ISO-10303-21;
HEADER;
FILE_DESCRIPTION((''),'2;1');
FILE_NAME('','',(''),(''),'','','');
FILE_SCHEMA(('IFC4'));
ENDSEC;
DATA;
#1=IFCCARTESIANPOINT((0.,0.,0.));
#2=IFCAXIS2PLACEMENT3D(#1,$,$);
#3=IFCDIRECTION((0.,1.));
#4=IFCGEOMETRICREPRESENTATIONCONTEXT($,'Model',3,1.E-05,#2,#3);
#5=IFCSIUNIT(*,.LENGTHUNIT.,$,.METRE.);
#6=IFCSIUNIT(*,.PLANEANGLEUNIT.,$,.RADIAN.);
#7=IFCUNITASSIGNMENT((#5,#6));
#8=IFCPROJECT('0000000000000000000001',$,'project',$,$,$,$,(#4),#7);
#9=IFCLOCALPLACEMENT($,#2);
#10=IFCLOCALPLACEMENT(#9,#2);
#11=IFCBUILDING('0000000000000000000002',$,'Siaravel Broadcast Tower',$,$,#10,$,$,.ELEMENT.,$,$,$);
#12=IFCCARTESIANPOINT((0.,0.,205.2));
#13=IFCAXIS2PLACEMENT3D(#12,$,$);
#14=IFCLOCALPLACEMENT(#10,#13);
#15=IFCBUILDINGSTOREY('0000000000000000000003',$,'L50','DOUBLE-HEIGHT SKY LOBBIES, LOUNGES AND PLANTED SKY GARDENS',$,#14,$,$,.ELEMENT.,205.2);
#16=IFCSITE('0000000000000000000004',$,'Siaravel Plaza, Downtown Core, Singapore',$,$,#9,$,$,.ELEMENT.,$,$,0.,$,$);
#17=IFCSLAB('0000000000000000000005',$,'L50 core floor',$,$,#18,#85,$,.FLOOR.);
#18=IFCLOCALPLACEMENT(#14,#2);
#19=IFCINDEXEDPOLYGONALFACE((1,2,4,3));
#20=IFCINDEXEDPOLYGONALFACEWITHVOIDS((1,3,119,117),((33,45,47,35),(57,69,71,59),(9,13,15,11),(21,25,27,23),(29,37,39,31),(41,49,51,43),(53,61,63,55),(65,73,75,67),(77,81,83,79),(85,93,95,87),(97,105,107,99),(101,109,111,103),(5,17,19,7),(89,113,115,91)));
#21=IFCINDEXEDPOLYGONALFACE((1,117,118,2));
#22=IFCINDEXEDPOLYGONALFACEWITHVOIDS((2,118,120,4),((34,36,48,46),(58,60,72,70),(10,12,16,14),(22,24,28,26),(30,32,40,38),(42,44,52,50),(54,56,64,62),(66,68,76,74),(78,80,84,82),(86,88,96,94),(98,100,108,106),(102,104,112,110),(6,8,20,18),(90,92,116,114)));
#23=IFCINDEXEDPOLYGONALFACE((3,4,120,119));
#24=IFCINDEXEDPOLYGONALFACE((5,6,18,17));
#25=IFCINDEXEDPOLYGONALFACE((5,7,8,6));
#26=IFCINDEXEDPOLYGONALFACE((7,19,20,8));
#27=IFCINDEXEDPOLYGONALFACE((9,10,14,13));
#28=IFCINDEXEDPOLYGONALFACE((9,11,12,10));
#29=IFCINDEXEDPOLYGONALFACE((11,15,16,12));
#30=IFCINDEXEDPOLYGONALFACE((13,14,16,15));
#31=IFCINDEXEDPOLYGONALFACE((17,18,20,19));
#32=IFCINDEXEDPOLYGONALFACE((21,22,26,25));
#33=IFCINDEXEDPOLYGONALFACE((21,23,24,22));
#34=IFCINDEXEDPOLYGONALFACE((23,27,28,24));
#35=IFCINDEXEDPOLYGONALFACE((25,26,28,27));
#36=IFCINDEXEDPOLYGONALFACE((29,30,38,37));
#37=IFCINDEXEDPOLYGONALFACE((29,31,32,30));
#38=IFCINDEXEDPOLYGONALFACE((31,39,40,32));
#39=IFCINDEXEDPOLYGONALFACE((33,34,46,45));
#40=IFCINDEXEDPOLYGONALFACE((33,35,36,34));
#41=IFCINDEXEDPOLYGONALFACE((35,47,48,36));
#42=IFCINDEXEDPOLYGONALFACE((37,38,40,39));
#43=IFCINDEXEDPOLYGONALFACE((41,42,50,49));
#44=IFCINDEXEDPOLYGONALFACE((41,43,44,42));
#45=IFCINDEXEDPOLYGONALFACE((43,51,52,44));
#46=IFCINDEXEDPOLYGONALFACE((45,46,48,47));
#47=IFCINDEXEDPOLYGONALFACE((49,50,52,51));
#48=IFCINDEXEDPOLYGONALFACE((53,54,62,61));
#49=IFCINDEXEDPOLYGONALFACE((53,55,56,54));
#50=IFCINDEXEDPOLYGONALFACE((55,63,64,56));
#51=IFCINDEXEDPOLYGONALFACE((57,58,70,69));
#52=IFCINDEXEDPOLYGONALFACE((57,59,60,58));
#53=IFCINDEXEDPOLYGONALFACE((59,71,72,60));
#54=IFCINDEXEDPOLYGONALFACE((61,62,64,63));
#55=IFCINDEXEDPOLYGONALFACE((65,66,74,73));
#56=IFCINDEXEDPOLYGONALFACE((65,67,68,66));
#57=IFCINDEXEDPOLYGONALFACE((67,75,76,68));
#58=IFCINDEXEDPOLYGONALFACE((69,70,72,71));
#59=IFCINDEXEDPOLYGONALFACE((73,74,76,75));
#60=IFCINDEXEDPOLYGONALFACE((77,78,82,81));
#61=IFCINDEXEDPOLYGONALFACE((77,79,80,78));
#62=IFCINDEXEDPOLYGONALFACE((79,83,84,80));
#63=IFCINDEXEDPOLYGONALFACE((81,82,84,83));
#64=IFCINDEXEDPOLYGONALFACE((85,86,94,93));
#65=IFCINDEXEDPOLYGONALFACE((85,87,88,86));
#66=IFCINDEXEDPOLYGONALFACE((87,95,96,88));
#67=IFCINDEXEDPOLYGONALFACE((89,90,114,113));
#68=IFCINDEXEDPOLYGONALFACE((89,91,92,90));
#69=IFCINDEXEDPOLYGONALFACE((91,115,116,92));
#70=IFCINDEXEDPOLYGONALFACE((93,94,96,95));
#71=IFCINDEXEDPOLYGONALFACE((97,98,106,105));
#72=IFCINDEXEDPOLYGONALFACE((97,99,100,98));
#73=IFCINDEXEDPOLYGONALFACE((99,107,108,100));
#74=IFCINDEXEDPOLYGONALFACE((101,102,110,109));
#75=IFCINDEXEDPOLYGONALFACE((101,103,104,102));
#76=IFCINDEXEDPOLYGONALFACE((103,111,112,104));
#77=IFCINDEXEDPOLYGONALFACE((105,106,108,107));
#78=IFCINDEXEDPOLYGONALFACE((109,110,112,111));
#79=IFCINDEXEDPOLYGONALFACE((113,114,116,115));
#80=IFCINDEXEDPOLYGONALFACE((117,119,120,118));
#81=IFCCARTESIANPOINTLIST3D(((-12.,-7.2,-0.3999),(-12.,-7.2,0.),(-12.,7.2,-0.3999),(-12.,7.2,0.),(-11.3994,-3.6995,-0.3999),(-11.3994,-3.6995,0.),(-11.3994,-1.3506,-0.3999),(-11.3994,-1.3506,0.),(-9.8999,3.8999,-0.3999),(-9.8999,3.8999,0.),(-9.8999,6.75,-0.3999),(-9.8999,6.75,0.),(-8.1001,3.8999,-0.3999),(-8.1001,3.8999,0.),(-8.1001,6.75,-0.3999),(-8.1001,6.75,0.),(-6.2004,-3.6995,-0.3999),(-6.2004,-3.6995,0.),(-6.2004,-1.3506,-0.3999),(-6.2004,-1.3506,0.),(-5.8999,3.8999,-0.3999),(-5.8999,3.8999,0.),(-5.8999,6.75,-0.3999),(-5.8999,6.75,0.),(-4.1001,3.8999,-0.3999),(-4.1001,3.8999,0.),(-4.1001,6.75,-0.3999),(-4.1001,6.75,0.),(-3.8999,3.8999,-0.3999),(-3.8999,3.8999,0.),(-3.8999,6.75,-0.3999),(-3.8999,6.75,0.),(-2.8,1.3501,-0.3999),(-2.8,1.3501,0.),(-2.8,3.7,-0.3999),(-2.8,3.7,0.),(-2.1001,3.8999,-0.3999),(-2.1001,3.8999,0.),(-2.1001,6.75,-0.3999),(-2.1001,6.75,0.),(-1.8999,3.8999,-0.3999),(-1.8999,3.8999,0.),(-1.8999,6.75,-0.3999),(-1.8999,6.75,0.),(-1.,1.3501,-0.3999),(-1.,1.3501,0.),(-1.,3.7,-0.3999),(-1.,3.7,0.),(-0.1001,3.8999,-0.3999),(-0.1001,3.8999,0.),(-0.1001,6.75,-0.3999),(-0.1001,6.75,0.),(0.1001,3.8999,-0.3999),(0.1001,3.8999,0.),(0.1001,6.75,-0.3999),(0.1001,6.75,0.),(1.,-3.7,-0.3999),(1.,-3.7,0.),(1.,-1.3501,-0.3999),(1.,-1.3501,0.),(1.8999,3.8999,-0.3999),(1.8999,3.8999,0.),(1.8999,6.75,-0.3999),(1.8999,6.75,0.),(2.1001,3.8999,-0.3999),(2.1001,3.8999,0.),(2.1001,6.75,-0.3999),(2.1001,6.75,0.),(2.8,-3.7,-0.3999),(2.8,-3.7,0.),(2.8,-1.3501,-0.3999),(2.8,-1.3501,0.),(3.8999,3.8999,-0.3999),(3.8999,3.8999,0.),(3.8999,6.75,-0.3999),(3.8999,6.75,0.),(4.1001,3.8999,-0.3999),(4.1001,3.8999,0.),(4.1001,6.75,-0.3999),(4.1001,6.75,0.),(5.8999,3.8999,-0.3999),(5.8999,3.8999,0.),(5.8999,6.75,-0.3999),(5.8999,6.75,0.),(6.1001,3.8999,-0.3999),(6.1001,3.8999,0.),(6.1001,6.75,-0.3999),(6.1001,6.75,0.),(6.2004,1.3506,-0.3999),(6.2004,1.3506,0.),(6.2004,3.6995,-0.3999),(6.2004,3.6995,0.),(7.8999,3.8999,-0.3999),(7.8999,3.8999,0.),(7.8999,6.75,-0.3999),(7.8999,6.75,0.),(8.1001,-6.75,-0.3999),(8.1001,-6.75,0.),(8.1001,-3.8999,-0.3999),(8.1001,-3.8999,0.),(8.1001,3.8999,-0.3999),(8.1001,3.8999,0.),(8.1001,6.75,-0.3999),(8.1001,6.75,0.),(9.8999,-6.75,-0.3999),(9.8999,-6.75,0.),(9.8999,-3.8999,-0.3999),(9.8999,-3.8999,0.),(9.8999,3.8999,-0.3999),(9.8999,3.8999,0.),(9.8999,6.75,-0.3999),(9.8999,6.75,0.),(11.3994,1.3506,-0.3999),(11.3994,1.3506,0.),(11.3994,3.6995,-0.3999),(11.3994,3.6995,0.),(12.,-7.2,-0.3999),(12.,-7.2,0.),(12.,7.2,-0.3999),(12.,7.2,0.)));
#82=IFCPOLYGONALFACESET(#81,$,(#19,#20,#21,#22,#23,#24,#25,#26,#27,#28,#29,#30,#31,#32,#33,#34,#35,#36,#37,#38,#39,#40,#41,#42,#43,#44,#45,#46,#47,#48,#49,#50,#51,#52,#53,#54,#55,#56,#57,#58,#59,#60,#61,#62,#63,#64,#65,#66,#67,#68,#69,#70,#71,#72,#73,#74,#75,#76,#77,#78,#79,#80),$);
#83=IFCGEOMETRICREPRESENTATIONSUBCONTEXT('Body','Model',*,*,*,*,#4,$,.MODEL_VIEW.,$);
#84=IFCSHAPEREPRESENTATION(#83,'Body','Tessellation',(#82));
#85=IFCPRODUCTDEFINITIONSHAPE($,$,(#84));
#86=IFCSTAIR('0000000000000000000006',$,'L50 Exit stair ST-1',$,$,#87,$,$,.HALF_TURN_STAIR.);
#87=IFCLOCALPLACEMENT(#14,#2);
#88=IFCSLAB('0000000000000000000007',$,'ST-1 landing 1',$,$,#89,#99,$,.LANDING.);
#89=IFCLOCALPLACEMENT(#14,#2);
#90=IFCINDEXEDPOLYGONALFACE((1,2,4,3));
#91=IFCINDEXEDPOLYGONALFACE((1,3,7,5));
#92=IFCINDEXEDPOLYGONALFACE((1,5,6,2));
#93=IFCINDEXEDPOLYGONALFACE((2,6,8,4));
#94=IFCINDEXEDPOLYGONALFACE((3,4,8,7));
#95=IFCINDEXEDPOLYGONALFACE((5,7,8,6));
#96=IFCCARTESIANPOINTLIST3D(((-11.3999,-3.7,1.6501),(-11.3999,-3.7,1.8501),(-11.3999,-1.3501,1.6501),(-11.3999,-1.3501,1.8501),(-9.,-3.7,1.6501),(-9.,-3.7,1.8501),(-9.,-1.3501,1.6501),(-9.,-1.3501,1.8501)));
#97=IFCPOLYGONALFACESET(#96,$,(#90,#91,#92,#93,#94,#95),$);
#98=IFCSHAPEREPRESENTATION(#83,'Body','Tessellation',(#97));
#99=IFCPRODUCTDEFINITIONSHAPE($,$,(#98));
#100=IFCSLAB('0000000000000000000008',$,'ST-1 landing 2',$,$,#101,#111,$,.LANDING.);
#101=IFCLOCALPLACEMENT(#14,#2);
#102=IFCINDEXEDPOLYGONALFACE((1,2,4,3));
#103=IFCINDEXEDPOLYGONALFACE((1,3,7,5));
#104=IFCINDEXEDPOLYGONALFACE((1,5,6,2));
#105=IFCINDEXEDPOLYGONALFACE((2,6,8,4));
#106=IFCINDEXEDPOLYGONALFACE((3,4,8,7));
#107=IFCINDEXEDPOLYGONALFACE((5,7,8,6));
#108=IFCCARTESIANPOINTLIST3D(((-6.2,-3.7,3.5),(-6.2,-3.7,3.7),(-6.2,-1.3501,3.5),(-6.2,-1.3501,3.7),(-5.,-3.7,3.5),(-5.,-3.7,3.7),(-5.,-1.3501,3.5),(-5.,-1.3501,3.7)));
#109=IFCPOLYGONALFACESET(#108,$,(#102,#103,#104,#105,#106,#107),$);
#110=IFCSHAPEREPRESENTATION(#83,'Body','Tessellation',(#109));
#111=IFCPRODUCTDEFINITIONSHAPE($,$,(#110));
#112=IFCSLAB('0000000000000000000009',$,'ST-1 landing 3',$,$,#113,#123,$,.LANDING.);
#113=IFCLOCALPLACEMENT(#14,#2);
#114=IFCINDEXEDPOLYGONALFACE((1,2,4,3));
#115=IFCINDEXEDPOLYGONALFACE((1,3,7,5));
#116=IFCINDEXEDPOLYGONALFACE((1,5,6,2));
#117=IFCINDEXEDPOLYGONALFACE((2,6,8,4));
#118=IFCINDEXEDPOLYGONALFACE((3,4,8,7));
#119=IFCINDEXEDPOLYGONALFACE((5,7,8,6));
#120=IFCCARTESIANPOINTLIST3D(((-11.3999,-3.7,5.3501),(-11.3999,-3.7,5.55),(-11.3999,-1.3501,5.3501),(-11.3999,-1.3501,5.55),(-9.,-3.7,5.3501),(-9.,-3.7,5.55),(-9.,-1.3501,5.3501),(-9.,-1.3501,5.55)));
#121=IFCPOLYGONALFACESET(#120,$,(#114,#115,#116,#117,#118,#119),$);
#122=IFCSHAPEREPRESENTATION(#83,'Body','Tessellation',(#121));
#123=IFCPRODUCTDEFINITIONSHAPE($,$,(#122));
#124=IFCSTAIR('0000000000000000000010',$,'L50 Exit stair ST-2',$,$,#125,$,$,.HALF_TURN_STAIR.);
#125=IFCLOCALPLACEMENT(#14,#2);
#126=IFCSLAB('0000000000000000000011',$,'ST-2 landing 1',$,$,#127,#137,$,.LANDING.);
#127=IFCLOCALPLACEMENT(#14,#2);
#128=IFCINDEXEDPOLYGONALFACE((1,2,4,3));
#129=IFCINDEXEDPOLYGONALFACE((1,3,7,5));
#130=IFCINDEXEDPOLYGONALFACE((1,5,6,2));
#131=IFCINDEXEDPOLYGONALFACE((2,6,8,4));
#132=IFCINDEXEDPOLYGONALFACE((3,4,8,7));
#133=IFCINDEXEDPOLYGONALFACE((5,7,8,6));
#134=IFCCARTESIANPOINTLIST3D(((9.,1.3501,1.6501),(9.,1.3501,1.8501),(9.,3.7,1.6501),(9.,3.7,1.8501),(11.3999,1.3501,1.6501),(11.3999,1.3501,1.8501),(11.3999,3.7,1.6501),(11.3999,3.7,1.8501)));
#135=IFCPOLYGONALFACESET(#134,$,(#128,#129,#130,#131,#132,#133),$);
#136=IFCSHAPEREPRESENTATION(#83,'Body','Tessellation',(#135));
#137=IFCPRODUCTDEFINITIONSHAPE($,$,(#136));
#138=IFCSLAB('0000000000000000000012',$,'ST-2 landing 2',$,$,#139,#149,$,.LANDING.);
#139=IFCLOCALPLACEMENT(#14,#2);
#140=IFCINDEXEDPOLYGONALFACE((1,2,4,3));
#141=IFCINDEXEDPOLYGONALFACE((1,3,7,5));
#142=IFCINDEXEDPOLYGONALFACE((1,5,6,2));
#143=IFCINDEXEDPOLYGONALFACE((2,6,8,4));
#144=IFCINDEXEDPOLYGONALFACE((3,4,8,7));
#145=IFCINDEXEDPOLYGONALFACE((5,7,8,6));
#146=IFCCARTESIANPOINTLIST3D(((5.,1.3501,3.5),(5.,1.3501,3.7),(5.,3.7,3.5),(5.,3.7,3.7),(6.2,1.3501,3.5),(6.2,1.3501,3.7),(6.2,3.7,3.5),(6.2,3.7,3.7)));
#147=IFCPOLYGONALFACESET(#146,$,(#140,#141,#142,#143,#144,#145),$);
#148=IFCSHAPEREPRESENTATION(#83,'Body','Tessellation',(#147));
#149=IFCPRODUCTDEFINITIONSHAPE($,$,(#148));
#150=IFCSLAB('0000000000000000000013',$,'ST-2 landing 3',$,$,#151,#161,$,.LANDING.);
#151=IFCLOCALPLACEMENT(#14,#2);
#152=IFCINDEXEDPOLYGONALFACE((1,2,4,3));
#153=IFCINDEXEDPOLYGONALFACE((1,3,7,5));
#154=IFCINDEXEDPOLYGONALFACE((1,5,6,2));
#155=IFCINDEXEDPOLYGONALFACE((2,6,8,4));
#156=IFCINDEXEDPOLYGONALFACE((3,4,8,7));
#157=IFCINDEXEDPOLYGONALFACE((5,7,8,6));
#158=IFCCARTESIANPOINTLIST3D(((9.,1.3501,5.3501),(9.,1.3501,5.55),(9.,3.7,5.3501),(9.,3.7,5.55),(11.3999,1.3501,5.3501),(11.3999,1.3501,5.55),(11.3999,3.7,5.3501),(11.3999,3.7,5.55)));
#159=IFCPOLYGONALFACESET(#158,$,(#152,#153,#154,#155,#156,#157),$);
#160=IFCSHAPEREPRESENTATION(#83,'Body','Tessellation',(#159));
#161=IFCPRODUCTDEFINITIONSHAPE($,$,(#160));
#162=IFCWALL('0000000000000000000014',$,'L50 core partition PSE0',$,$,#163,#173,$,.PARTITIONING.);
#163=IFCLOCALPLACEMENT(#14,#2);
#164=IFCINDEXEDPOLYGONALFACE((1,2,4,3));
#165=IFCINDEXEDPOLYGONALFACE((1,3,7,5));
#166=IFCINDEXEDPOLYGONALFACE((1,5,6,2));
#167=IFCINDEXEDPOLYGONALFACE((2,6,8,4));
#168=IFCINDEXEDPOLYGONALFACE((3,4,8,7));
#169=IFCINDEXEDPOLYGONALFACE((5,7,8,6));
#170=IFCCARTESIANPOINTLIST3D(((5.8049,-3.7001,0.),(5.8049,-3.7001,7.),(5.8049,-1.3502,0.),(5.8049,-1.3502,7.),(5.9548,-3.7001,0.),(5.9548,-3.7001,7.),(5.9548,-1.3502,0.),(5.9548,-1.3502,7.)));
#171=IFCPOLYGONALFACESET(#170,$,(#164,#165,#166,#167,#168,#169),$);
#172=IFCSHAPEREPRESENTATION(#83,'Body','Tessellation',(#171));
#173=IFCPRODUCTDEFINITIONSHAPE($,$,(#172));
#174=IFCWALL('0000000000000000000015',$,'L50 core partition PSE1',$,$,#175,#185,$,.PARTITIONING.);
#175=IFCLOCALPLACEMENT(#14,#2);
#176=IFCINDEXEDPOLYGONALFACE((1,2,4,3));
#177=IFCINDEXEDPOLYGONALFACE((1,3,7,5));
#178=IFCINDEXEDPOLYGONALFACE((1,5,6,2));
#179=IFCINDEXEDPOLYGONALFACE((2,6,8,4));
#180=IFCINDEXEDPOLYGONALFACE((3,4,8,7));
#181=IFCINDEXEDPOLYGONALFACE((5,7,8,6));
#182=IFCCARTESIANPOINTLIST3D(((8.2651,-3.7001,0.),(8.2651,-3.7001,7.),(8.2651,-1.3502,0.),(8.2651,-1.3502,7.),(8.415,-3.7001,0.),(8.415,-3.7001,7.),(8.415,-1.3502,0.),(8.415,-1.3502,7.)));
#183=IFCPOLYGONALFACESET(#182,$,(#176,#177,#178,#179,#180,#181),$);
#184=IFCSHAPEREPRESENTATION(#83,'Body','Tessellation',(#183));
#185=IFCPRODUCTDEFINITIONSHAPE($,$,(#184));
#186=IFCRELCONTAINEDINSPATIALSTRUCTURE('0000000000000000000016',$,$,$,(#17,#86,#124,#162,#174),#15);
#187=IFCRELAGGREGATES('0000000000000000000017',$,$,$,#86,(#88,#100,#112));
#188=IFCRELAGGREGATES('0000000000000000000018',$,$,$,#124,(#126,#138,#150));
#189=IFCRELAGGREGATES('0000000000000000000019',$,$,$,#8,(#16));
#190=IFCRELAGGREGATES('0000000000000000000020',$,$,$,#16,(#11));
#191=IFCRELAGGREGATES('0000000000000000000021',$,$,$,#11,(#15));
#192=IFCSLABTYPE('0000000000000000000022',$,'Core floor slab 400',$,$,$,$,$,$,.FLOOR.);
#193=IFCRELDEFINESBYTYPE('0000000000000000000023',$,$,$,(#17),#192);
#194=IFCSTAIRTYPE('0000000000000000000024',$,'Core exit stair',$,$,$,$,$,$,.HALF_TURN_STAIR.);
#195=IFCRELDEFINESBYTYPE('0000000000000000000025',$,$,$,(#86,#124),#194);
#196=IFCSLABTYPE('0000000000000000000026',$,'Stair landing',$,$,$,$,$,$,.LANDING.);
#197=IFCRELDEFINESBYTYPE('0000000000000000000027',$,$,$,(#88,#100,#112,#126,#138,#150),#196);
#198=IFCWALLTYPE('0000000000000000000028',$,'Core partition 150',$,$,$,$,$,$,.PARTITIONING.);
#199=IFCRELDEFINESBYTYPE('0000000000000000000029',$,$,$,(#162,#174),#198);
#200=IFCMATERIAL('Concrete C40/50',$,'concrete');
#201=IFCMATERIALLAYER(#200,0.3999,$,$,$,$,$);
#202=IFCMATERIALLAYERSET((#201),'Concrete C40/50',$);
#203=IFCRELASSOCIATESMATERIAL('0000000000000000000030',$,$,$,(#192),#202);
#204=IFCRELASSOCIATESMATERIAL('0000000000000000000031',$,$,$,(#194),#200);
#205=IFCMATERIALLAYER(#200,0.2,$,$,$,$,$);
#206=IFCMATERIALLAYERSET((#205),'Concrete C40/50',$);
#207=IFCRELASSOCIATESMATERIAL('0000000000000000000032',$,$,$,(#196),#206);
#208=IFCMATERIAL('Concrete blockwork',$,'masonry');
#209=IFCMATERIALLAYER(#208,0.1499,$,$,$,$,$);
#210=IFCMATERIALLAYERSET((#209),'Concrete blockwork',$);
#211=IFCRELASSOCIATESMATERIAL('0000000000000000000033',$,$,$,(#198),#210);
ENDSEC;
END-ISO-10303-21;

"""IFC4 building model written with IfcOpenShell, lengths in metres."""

from ifc_helpers import new_model, si_unit, direction, frame, frame_2d, origin, place, context, subcontext, project, spatial, polyline, rectangle, outline, extrude, material, layer, layer_set, type_object, element, aggregate, save


model = new_model("IFC4")

# Units and contexts
model_context = context("Model", 3, precision=1e-05, world=origin(), true_north=direction((0.0, 1.0)))
body_context = subcontext(model_context, "Body", "Model", "MODEL_VIEW")
ifc_project = project(units=[si_unit("LENGTHUNIT", "METRE"), si_unit("PLANEANGLEUNIT", "RADIAN")], contexts=[model_context])

# Site, building, storey
site_placement = place(None, origin())
site = spatial("IfcSite", under=ifc_project, at=site_placement, Name="Siaravel Plaza, Downtown Core, Singapore", CompositionType="ELEMENT", RefElevation=0.0)
building_placement = place(site_placement, origin())
building = spatial("IfcBuilding", under=site, at=building_placement, Name="Siaravel Broadcast Tower", CompositionType="ELEMENT")
storey_placement = place(building_placement, frame((0.0, 0.0, 205.2)))
storey = spatial("IfcBuildingStorey", under=building, at=storey_placement, Name="L50", Description="DOUBLE-HEIGHT SKY LOBBIES, LOUNGES AND PLANTED SKY GARDENS", CompositionType="ELEMENT", Elevation=205.2)

# Slab
ifc_material_1 = material(Name="Concrete C40/50", Category="concrete")
ifc_layer_1 = layer(ifc_material_1, 0.3999)
ifc_layer_set_1 = layer_set([ifc_layer_1], Name="Concrete C40/50")
slab_type_1 = type_object("IfcSlabType", Name="Core floor slab 400", PredefinedType="FLOOR", material=ifc_layer_set_1)
slab_1_placement = place(storey_placement, frame((0.0, 0.0, -0.3999)))
element("IfcSlab", 1, at=slab_1_placement, inside=storey, type_object=slab_type_1, Name="L50 core floor", PredefinedType="FLOOR", context=body_context, shape_type="SweptSolid", body=[
    extrude(outline(polyline([(-12.0, -7.2), (-12.0, 7.2), (12.0, 7.2), (12.0, -7.2), (-12.0, -7.2)]), holes=[polyline([(11.3994, 1.3506), (11.3994, 3.6995), (6.2004, 3.6995), (6.2004, 1.3506), (11.3994, 1.3506)]), polyline([(8.1001, -3.8999), (8.1001, -6.75), (9.8999, -6.75), (9.8999, -3.8999), (8.1001, -3.8999)]), polyline([(9.8999, 6.75), (8.1001, 6.75), (8.1001, 3.8999), (9.8999, 3.8999), (9.8999, 6.75)]), polyline([(7.8999, 6.75), (6.1001, 6.75), (6.1001, 3.8999), (7.8999, 3.8999), (7.8999, 6.75)]), polyline([(5.8999, 6.75), (4.1001, 6.75), (4.1001, 3.8999), (5.8999, 3.8999), (5.8999, 6.75)]), polyline([(3.8999, 6.75), (2.1001, 6.75), (2.1001, 3.8999), (3.8999, 3.8999), (3.8999, 6.75)]), polyline([(2.8, -1.3501), (1.0, -1.3501), (1.0, -3.7), (2.8, -3.7), (2.8, -1.3501)]), polyline([(1.8999, 6.75), (0.1001, 6.75), (0.1001, 3.8999), (1.8999, 3.8999), (1.8999, 6.75)]), polyline([(-0.1001, 6.75), (-1.8999, 6.75), (-1.8999, 3.8999), (-0.1001, 3.8999), (-0.1001, 6.75)]), polyline([(-1.0, 3.7), (-2.8, 3.7), (-2.8, 1.3501), (-1.0, 1.3501), (-1.0, 3.7)]), polyline([(-2.1001, 6.75), (-3.8999, 6.75), (-3.8999, 3.8999), (-2.1001, 3.8999), (-2.1001, 6.75)]), polyline([(-4.1001, 6.75), (-5.8999, 6.75), (-5.8999, 3.8999), (-4.1001, 3.8999), (-4.1001, 6.75)]), polyline([(-11.3994, -3.6995), (-6.2004, -3.6995), (-6.2004, -1.3506), (-11.3994, -1.3506), (-11.3994, -3.6995)]), polyline([(-8.1001, 6.75), (-9.8999, 6.75), (-9.8999, 3.8999), (-8.1001, 3.8999), (-8.1001, 6.75)])]), origin(), (0.0, 0.0, 1.0), 0.3999),
])

# Stairs, slabs
stair_type = type_object("IfcStairType", Name="Core exit stair", PredefinedType="HALF_TURN_STAIR", material=ifc_material_1)
stair_1_placement = place(storey_placement, origin())
stair_1 = element("IfcStair", 2, at=stair_1_placement, inside=storey, type_object=stair_type, Name="L50 Exit stair ST-1", PredefinedType="HALF_TURN_STAIR")
ifc_layer_2 = layer(ifc_material_1, 0.2)
ifc_layer_set_2 = layer_set([ifc_layer_2], Name="Concrete C40/50")
slab_type_2 = type_object("IfcSlabType", Name="Stair landing", PredefinedType="LANDING", material=ifc_layer_set_2)
slab_2_placement = place(storey_placement, frame((0.0, 0.0, 1.6501)))
slab_2 = element("IfcSlab", 3, at=slab_2_placement, type_object=slab_type_2, Name="ST-1 landing 1", PredefinedType="LANDING", context=body_context, shape_type="SweptSolid", body=[
    extrude(outline(polyline([(-9.0, -1.3501), (-11.3999, -1.3501), (-11.3999, -3.7), (-9.0, -3.7), (-9.0, -1.3501)])), origin(), (0.0, 0.0, 1.0), 0.2),
])
slab_3_placement = place(storey_placement, frame((0.0, 0.0, 3.5)))
slab_3 = element("IfcSlab", 4, at=slab_3_placement, type_object=slab_type_2, Name="ST-1 landing 2", PredefinedType="LANDING", context=body_context, shape_type="SweptSolid", body=[
    extrude(outline(polyline([(-5.0, -1.3501), (-6.2, -1.3501), (-6.2, -3.7), (-5.0, -3.7), (-5.0, -1.3501)])), origin(), (0.0, 0.0, 1.0), 0.2),
])
slab_4_placement = place(storey_placement, frame((0.0, 0.0, 5.3501)))
slab_4 = element("IfcSlab", 5, at=slab_4_placement, type_object=slab_type_2, Name="ST-1 landing 3", PredefinedType="LANDING", context=body_context, shape_type="SweptSolid", body=[
    extrude(outline(polyline([(-9.0, -1.3501), (-11.3999, -1.3501), (-11.3999, -3.7), (-9.0, -3.7), (-9.0, -1.3501)])), origin(), (0.0, 0.0, 1.0), 0.2),
])
aggregate(stair_1, [slab_2, slab_3, slab_4])
stair_2_placement = place(storey_placement, origin())
stair_2 = element("IfcStair", 6, at=stair_2_placement, inside=storey, type_object=stair_type, Name="L50 Exit stair ST-2", PredefinedType="HALF_TURN_STAIR")
slab_5_placement = place(storey_placement, frame((0.0, 0.0, 1.6501)))
slab_5 = element("IfcSlab", 7, at=slab_5_placement, type_object=slab_type_2, Name="ST-2 landing 1", PredefinedType="LANDING", context=body_context, shape_type="SweptSolid", body=[
    extrude(outline(polyline([(9.0, 1.3501), (11.3999, 1.3501), (11.3999, 3.7), (9.0, 3.7), (9.0, 1.3501)])), origin(), (0.0, 0.0, 1.0), 0.2),
])
slab_6_placement = place(storey_placement, frame((0.0, 0.0, 3.5)))
slab_6 = element("IfcSlab", 8, at=slab_6_placement, type_object=slab_type_2, Name="ST-2 landing 2", PredefinedType="LANDING", context=body_context, shape_type="SweptSolid", body=[
    extrude(outline(polyline([(5.0, 1.3501), (6.2, 1.3501), (6.2, 3.7), (5.0, 3.7), (5.0, 1.3501)])), origin(), (0.0, 0.0, 1.0), 0.2),
])
slab_7_placement = place(storey_placement, frame((0.0, 0.0, 5.3501)))
slab_7 = element("IfcSlab", 9, at=slab_7_placement, type_object=slab_type_2, Name="ST-2 landing 3", PredefinedType="LANDING", context=body_context, shape_type="SweptSolid", body=[
    extrude(outline(polyline([(9.0, 1.3501), (11.3999, 1.3501), (11.3999, 3.7), (9.0, 3.7), (9.0, 1.3501)])), origin(), (0.0, 0.0, 1.0), 0.2),
])
aggregate(stair_2, [slab_5, slab_6, slab_7])

# Walls
ifc_material_2 = material(Name="Concrete blockwork", Category="masonry")
ifc_layer_3 = layer(ifc_material_2, 0.1499)
ifc_layer_set_3 = layer_set([ifc_layer_3], Name="Concrete blockwork")
wall_type_1 = type_object("IfcWallType", Name="Core partition 150", PredefinedType="PARTITIONING", material=ifc_layer_set_3)
for number, where, z_axis, x_axis, name in (
    (10, (5.8799, -3.7, 0.0), (0.0, 0.0, 1.0), (0.0, 1.0, 0.0), "L50 core partition PSE0"),
    (11, (8.3401, -3.7, 0.0), (0.0, 0.0, 1.0), (0.0, 1.0, 0.0), "L50 core partition PSE1"),
):
    element("IfcWall", number, at=place(storey_placement, frame(where, z_axis=z_axis, x_axis=x_axis)), inside=storey, type_object=wall_type_1, Name=name, PredefinedType="PARTITIONING", context=body_context, shape_type="SweptSolid", body=[
        extrude(rectangle(XDim=2.3499, YDim=0.1499, at=frame_2d((1.1748, 0.0))), origin(), (0.0, 0.0, 1.0), 7.0),
    ])

save(model, "model.ifc")
